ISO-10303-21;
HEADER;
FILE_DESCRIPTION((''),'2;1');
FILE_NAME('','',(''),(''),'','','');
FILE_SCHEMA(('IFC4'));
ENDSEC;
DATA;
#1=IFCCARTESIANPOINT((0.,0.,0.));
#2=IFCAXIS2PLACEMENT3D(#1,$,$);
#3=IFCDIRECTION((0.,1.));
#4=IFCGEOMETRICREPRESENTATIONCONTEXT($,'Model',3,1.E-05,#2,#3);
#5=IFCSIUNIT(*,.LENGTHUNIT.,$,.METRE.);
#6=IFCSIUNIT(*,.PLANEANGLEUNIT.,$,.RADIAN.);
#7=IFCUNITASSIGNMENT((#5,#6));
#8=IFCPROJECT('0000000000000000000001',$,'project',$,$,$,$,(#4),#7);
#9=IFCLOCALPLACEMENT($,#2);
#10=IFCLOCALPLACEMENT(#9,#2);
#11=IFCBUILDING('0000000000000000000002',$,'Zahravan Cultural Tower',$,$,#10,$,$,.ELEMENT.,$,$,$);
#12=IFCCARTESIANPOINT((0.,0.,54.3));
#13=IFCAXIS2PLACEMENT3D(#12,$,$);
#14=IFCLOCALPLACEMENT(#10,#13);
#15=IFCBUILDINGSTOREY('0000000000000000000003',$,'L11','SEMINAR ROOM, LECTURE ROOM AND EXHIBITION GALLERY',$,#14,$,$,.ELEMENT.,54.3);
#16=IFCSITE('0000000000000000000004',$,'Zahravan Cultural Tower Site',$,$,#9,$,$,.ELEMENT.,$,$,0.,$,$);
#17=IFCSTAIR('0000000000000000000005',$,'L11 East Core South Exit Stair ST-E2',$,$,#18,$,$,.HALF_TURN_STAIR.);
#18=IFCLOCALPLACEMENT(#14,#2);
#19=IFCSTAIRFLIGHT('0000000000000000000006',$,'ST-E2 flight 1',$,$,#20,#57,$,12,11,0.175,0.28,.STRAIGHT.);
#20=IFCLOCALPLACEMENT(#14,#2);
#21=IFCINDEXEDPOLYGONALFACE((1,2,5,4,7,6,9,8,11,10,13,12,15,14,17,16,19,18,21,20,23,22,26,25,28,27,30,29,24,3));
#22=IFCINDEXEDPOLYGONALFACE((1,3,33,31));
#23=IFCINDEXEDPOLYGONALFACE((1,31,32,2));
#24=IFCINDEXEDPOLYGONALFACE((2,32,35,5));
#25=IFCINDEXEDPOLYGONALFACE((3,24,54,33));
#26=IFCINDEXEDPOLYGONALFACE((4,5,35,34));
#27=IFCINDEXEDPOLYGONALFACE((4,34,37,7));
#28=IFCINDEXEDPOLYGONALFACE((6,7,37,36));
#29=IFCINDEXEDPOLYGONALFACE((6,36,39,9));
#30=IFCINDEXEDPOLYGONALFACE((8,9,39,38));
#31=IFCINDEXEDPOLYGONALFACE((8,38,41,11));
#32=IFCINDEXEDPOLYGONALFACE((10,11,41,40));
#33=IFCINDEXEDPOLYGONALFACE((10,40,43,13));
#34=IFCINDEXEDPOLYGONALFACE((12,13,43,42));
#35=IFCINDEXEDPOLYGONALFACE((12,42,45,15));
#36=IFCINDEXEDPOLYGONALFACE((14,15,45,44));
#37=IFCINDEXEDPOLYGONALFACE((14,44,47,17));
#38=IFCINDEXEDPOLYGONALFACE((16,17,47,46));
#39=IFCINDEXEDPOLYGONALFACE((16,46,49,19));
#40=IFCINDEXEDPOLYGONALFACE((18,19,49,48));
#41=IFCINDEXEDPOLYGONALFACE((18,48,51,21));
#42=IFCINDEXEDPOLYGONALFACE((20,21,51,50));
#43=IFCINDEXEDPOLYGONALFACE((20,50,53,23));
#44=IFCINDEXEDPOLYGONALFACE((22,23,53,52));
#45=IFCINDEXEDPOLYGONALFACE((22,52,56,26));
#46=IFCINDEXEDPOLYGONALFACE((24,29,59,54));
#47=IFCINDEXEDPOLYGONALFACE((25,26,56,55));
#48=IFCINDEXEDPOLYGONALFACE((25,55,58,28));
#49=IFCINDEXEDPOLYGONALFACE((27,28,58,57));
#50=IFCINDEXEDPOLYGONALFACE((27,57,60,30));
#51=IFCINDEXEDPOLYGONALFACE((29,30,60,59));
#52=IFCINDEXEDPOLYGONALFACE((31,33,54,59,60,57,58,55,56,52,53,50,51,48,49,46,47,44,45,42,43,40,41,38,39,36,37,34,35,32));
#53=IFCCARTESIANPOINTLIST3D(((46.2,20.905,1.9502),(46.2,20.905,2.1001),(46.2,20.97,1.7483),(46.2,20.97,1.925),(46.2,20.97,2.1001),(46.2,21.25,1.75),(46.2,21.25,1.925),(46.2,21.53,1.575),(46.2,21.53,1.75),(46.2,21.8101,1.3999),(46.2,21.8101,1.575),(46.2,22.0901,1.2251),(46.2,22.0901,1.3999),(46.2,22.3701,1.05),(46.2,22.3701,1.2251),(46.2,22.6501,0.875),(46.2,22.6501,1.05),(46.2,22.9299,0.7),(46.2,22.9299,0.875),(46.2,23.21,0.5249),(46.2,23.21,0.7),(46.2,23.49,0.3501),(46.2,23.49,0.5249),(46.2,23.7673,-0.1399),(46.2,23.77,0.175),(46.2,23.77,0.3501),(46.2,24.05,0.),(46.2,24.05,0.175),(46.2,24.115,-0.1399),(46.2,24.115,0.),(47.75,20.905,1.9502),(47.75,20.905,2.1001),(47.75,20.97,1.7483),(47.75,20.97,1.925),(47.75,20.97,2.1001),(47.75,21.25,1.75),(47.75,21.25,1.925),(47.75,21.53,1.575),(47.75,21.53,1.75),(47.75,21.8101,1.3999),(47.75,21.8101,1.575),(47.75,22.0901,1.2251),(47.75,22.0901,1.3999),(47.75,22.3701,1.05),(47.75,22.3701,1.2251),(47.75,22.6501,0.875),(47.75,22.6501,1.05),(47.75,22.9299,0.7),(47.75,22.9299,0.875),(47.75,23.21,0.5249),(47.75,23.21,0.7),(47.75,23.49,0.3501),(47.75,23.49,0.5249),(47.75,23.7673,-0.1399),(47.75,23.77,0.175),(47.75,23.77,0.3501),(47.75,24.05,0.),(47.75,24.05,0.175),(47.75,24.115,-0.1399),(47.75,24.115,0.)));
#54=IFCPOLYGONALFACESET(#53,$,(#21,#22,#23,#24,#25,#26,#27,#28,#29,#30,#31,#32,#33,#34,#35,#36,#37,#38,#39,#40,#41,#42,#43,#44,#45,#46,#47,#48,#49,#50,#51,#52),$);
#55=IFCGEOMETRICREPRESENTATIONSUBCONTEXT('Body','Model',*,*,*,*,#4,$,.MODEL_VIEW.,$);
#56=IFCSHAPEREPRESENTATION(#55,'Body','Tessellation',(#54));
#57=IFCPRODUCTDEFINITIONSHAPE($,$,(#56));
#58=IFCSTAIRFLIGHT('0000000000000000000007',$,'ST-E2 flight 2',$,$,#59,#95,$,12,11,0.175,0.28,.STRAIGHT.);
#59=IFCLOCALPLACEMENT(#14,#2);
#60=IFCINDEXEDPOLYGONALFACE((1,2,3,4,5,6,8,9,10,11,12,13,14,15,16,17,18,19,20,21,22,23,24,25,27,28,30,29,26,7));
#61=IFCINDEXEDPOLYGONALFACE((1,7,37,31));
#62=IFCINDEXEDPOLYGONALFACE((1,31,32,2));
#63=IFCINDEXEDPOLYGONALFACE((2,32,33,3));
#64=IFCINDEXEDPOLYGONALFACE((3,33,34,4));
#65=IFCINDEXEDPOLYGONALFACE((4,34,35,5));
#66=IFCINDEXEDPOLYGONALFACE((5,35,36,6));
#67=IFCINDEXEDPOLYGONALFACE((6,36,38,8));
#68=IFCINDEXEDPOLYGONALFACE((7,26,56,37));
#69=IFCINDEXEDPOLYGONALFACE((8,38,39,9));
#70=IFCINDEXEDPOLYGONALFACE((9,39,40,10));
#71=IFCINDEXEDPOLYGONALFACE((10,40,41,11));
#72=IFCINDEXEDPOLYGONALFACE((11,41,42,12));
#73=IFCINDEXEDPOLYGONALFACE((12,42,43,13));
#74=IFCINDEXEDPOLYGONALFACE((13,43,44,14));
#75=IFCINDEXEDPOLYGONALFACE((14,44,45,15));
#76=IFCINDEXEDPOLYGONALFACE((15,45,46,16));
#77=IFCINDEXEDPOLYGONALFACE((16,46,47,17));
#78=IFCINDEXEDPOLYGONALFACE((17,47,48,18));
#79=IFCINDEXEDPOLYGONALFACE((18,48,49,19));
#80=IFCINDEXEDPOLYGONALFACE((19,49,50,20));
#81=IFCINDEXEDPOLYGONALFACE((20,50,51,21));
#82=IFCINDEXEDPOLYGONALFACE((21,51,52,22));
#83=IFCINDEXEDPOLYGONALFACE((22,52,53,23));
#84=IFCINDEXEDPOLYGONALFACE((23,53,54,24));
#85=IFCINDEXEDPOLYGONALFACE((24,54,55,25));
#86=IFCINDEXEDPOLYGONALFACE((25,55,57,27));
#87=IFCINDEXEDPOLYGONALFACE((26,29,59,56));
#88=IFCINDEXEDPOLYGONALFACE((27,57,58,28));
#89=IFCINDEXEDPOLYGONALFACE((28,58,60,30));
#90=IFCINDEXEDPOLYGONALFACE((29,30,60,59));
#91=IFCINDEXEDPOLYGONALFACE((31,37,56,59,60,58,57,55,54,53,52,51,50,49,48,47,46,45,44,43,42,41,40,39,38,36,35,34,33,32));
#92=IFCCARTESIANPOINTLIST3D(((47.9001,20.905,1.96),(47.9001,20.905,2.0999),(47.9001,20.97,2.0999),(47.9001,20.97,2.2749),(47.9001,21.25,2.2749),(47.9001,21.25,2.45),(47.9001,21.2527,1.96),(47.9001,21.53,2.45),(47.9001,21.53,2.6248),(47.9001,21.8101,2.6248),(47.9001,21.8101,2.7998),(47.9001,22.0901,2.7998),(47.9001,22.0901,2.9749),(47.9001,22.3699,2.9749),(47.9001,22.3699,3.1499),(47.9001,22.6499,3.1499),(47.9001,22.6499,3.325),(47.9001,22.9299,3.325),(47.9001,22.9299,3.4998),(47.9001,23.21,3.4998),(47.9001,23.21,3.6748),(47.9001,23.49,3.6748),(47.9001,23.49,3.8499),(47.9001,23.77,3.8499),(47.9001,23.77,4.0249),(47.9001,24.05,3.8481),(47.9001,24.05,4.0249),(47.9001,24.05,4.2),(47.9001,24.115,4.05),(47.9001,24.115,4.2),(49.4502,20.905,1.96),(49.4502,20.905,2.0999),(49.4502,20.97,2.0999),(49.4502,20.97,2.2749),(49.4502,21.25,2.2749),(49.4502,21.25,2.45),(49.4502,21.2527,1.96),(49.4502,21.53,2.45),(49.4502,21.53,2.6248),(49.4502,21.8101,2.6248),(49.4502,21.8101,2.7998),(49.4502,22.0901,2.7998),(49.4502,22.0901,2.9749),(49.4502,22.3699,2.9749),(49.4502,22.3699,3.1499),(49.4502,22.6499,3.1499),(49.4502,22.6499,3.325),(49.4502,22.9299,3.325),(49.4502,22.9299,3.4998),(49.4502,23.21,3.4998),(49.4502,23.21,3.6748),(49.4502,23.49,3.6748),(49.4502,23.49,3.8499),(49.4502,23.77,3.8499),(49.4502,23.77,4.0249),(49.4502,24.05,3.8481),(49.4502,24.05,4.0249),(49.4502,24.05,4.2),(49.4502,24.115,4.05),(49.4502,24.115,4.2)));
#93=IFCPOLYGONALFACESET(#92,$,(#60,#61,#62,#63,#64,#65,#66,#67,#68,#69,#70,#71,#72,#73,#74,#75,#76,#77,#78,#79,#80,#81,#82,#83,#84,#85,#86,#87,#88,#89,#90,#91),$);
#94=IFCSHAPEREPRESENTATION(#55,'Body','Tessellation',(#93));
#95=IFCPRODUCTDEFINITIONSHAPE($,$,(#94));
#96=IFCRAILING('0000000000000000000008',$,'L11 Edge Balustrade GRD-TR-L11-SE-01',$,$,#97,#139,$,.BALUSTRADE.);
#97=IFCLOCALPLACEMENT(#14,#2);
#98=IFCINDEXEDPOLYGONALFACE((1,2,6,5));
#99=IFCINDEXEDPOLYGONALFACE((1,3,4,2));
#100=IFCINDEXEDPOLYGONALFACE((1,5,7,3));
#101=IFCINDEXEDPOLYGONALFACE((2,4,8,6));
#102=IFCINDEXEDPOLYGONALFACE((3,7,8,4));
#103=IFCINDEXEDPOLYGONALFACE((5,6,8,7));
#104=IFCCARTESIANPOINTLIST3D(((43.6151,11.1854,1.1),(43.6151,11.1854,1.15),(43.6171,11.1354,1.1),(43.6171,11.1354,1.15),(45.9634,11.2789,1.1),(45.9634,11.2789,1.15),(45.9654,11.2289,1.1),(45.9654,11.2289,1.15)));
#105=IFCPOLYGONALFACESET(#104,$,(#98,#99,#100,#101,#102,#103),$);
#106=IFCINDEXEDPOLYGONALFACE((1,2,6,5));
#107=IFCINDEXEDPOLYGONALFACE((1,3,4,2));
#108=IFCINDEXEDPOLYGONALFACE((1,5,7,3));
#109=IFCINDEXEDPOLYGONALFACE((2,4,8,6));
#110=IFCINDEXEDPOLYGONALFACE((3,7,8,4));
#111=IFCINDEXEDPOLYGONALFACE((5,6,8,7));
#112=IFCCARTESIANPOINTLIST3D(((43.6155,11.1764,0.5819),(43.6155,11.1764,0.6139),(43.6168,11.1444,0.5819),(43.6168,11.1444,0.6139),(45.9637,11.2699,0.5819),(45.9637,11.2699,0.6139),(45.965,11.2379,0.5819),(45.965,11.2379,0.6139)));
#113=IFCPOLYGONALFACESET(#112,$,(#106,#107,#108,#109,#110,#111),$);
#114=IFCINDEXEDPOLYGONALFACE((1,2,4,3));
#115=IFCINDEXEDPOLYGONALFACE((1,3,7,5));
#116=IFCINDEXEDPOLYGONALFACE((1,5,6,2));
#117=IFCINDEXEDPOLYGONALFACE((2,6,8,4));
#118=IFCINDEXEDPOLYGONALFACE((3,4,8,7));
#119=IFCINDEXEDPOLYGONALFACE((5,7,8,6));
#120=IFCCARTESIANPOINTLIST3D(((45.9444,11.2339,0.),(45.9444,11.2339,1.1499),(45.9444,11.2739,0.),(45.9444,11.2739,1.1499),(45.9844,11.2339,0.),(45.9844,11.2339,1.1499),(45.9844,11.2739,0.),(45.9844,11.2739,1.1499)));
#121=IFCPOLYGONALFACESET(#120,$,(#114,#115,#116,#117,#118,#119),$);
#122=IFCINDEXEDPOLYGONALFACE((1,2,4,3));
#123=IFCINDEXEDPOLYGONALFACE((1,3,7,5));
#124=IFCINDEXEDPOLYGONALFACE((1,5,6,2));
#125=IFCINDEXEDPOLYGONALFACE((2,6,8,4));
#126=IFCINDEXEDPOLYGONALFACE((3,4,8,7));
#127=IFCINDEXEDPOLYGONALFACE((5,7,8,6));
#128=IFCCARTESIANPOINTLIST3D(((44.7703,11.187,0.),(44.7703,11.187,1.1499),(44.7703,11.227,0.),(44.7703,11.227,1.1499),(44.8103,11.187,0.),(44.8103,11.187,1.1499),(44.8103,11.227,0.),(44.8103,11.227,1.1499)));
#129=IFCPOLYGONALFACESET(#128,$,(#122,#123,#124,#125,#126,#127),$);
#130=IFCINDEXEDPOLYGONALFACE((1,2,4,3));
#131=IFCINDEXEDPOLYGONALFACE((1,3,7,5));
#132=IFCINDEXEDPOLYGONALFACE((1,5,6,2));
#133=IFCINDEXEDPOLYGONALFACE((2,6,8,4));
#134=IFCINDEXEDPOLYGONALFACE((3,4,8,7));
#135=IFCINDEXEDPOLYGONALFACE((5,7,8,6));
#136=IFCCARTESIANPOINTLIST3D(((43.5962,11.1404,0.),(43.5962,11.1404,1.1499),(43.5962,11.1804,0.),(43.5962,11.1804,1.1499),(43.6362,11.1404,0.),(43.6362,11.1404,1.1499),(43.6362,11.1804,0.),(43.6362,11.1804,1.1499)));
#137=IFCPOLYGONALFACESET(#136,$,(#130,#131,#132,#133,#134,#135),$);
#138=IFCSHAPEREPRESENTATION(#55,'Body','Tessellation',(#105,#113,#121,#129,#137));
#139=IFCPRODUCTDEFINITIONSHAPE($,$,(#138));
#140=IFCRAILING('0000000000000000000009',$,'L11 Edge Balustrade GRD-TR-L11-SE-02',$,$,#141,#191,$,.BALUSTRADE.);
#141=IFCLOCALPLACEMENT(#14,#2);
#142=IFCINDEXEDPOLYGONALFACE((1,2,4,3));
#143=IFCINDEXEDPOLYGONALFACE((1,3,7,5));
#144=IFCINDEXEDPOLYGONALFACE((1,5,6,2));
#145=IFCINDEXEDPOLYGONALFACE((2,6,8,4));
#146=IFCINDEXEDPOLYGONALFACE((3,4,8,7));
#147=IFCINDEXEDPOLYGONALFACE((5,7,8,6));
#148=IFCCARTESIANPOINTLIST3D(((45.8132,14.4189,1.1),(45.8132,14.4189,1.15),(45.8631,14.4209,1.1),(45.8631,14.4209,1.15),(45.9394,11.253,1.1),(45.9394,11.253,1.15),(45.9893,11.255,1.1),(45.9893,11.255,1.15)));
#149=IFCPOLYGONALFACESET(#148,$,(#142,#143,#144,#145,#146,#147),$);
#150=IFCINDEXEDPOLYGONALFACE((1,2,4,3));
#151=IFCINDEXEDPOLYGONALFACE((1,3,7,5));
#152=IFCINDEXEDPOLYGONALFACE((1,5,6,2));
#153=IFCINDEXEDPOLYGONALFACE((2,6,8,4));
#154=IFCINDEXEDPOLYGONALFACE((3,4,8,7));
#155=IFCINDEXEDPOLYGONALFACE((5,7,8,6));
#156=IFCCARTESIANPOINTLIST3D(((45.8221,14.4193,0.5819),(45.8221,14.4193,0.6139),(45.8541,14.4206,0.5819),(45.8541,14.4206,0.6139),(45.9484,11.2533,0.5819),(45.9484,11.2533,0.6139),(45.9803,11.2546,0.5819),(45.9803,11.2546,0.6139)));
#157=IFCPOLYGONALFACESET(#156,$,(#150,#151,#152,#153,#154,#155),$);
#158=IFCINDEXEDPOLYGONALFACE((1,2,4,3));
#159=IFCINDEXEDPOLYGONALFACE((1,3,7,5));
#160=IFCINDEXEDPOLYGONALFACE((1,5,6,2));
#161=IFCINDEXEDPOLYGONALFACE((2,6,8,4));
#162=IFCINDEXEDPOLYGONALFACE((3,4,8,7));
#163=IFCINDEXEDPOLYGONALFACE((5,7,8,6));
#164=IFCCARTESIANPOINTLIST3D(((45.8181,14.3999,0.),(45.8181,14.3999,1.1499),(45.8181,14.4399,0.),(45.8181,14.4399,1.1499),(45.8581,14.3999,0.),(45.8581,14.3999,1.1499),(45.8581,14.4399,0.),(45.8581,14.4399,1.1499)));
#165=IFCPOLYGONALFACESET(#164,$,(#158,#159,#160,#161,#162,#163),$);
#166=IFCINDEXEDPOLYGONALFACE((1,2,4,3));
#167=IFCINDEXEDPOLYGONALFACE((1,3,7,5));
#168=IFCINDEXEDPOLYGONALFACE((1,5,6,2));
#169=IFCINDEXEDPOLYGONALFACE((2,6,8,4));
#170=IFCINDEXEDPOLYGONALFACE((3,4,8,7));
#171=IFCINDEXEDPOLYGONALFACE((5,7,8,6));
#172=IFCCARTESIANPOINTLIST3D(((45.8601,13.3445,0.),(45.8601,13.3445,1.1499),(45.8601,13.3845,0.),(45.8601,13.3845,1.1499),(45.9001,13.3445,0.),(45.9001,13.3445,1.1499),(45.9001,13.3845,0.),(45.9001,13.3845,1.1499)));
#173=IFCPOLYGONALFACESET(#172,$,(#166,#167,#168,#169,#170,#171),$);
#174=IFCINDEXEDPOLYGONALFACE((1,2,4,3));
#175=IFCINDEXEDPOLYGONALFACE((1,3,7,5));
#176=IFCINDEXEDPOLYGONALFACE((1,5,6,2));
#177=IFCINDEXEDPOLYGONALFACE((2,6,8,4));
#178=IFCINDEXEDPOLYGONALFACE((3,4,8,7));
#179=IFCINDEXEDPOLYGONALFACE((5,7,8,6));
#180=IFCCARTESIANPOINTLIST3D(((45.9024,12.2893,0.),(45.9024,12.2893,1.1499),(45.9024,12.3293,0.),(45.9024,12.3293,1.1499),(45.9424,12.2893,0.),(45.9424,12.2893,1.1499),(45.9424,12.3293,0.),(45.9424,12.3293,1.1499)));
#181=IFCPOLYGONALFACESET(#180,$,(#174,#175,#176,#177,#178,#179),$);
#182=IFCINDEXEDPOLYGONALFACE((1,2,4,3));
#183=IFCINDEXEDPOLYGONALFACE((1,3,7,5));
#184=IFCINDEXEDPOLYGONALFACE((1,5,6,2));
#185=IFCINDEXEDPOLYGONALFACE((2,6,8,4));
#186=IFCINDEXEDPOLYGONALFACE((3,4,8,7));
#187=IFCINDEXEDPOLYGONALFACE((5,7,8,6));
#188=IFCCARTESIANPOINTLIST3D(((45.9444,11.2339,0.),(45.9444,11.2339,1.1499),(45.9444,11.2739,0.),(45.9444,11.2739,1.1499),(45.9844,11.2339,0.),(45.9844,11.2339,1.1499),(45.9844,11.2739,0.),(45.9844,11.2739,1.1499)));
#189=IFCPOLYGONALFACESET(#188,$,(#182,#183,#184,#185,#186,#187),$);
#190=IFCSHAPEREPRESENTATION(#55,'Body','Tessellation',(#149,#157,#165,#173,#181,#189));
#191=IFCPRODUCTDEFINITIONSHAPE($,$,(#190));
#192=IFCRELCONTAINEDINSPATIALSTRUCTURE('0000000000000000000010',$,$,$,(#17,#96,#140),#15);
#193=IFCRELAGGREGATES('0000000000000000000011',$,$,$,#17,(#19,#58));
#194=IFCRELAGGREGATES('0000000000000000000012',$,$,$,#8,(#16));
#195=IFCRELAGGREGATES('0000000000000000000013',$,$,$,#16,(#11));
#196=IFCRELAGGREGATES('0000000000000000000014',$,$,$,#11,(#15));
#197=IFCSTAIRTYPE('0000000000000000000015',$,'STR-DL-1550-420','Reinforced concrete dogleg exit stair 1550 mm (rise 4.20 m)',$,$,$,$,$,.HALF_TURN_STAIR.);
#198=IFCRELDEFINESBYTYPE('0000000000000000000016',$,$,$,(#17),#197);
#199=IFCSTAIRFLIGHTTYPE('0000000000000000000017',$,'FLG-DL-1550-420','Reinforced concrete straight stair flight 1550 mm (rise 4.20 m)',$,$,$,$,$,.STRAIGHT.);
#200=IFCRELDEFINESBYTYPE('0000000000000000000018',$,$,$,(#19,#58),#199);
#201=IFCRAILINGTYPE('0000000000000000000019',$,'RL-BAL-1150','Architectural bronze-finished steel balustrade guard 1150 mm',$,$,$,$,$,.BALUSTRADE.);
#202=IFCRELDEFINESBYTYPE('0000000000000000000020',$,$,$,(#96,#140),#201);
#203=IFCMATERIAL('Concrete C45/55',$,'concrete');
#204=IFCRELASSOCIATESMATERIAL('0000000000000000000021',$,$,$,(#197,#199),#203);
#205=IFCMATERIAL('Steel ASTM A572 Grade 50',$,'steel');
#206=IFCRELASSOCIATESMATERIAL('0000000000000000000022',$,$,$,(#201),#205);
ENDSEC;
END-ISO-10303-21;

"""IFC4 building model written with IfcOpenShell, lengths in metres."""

from ifc_helpers import new_model, si_unit, direction, frame, origin, origin_2d, place, context, subcontext, project, spatial, polyline, rectangle, outline, extrude, material, type_object, element, aggregate, save


model = new_model("IFC4")

# Units and contexts
model_context = context("Model", 3, precision=1e-05, world=origin(), true_north=direction((0.0, 1.0)))
body_context = subcontext(model_context, "Body", "Model", "MODEL_VIEW")
ifc_project = project(units=[si_unit("LENGTHUNIT", "METRE"), si_unit("PLANEANGLEUNIT", "RADIAN")], contexts=[model_context])

# Site, building, storey
site_placement = place(None, origin())
site = spatial("IfcSite", under=ifc_project, at=site_placement, Name="Zahravan Cultural Tower Site", CompositionType="ELEMENT", RefElevation=0.0)
building_placement = place(site_placement, origin())
building = spatial("IfcBuilding", under=site, at=building_placement, Name="Zahravan Cultural Tower", CompositionType="ELEMENT")
storey_placement = place(building_placement, frame((0.0, 0.0, 54.3)))
storey = spatial("IfcBuildingStorey", under=building, at=storey_placement, Name="L11", Description="SEMINAR ROOM, LECTURE ROOM AND EXHIBITION GALLERY", CompositionType="ELEMENT", Elevation=54.3)

# Shared definitions
ifc_material_1 = material(Name="Concrete C45/55", Category="concrete")
ifc_material_2 = material(Name="Steel ASTM A572 Grade 50", Category="steel")

# Stair, stair flights
stair_type = type_object("IfcStairType", Name="STR-DL-1550-420", Description="Reinforced concrete dogleg exit stair 1550 mm (rise 4.20 m)", PredefinedType="HALF_TURN_STAIR", material=ifc_material_1)
stair_placement = place(storey_placement, origin())
stair = element("IfcStair", 1, at=stair_placement, inside=storey, type_object=stair_type, Name="L11 East Core South Exit Stair ST-E2", PredefinedType="HALF_TURN_STAIR")
stair_flight_type = type_object("IfcStairFlightType", Name="FLG-DL-1550-420", Description="Reinforced concrete straight stair flight 1550 mm (rise 4.20 m)", PredefinedType="STRAIGHT", material=ifc_material_1)
stair_flight_1_placement = place(storey_placement, frame((46.9751, 24.05, 0.0), z_axis=(0.0, 0.0, 1.0), x_axis=(0.0, -1.0, 0.0)))
stair_flight_1 = element("IfcStairFlight", 2, at=stair_flight_1_placement, type_object=stair_flight_type, Name="ST-E2 flight 1", NumberOfRisers=12, NumberOfTreads=11, PredefinedType="STRAIGHT", RiserHeight=0.175, TreadLength=0.28, context=body_context, shape_type="SweptSolid", body=[
    extrude(outline(polyline([(-0.0649, -0.1399), (-0.0649, 0.0), (0.0, 0.0), (0.0, 0.175), (0.28, 0.175), (0.28, 0.3501), (0.5601, 0.3501), (0.5601, 0.5249), (0.8401, 0.5249), (0.8401, 0.7), (1.1201, 0.7), (1.1201, 0.875), (1.3999, 0.875), (1.3999, 1.05), (1.6799, 1.05), (1.6799, 1.2251), (1.96, 1.2251), (1.96, 1.3999), (2.24, 1.3999), (2.24, 1.575), (2.52, 1.575), (2.52, 1.75), (2.8, 1.75), (2.8, 1.925), (3.0801, 1.925), (3.0801, 2.1001), (3.145, 2.1001), (3.145, 1.9502), (3.0801, 1.7483), (0.2827, -0.1399), (-0.0649, -0.1399)])), frame((0.0, 0.7749, 0.0), z_axis=(0.0, -1.0, 0.0), x_axis=(1.0, 0.0, 0.0)), (0.0, 0.0, 1.0), 1.55),
])
stair_flight_2_placement = place(storey_placement, frame((48.675, 20.97, 2.0999), z_axis=(0.0, 0.0, 1.0), x_axis=(0.0, 1.0, 0.0)))
stair_flight_2 = element("IfcStairFlight", 3, at=stair_flight_2_placement, type_object=stair_flight_type, Name="ST-E2 flight 2", NumberOfRisers=12, NumberOfTreads=11, PredefinedType="STRAIGHT", RiserHeight=0.175, TreadLength=0.28, context=body_context, shape_type="SweptSolid", body=[
    extrude(outline(polyline([(-0.0649, -0.1399), (-0.0649, 0.0), (0.0, 0.0), (0.0, 0.175), (0.28, 0.175), (0.28, 0.3501), (0.5601, 0.3501), (0.5601, 0.5249), (0.8401, 0.5249), (0.8401, 0.7), (1.1201, 0.7), (1.1201, 0.875), (1.3999, 0.875), (1.3999, 1.05), (1.6799, 1.05), (1.6799, 1.2251), (1.96, 1.2251), (1.96, 1.3999), (2.24, 1.3999), (2.24, 1.575), (2.52, 1.575), (2.52, 1.75), (2.8, 1.75), (2.8, 1.925), (3.0801, 1.925), (3.0801, 2.1001), (3.145, 2.1001), (3.145, 1.9502), (3.0801, 1.7483), (0.2827, -0.1399), (-0.0649, -0.1399)])), frame((0.0, 0.7749, 0.0), z_axis=(0.0, -1.0, 0.0), x_axis=(1.0, 0.0, 0.0)), (0.0, 0.0, 1.0), 1.55),
])
aggregate(stair, [stair_flight_1, stair_flight_2])

# Railings
railing_type_1 = type_object("IfcRailingType", Name="RL-BAL-1150", Description="Architectural bronze-finished steel balustrade guard 1150 mm", PredefinedType="BALUSTRADE", material=ifc_material_2)
railing_1_placement = place(storey_placement, frame((45.9644, 11.2539, 0.0)))
element("IfcRailing", 4, at=railing_1_placement, inside=storey, type_object=railing_type_1, Name="L11 Edge Balustrade GRD-TR-L11-SE-01", PredefinedType="BALUSTRADE", context=body_context, shape_type="SweptSolid", body=[
    extrude(rectangle(XDim=0.05, YDim=0.05, at=origin_2d()), frame((0.0, 0.0, 1.125), z_axis=(-0.999208, -0.03979, 0.0), x_axis=(0.03979, -0.999208, 0.0)), (0.0, 0.0, 1.0), 2.3501),
    extrude(rectangle(XDim=0.032, YDim=0.032, at=origin_2d()), frame((0.0, 0.0, 0.5979), z_axis=(-0.999208, -0.03979, 0.0), x_axis=(0.03979, -0.999208, 0.0)), (0.0, 0.0, 1.0), 2.3501),
    extrude(rectangle(XDim=0.04, YDim=0.04, at=origin_2d()), origin(), (0.0, 0.0, 1.0), 1.1499),
    extrude(rectangle(XDim=0.04, YDim=0.04, at=origin_2d()), frame((-1.1741, -0.0469, 0.0)), (0.0, 0.0, 1.0), 1.1499),
    extrude(rectangle(XDim=0.04, YDim=0.04, at=origin_2d()), frame((-2.3481, -0.0935, 0.0)), (0.0, 0.0, 1.0), 1.1499),
])
railing_2_placement = place(storey_placement, frame((45.8381, 14.4199, 0.0)))
element("IfcRailing", 5, at=railing_2_placement, inside=storey, type_object=railing_type_1, Name="L11 Edge Balustrade GRD-TR-L11-SE-02", PredefinedType="BALUSTRADE", context=body_context, shape_type="SweptSolid", body=[
    extrude(rectangle(XDim=0.05, YDim=0.05, at=origin_2d()), frame((0.0, 0.0, 1.125), z_axis=(0.039836, -0.999206, 0.0), x_axis=(0.999206, 0.039836, 0.0)), (0.0, 0.0, 1.0), 3.1685),
    extrude(rectangle(XDim=0.032, YDim=0.032, at=origin_2d()), frame((0.0, 0.0, 0.5979), z_axis=(0.039836, -0.999206, 0.0), x_axis=(0.999206, 0.039836, 0.0)), (0.0, 0.0, 1.0), 3.1685),
    extrude(rectangle(XDim=0.04, YDim=0.04, at=origin_2d()), origin(), (0.0, 0.0, 1.0), 1.1499),
    extrude(rectangle(XDim=0.04, YDim=0.04, at=origin_2d()), frame((0.042, -1.0554, 0.0)), (0.0, 0.0, 1.0), 1.1499),
    extrude(rectangle(XDim=0.04, YDim=0.04, at=origin_2d()), frame((0.0842, -2.1106, 0.0)), (0.0, 0.0, 1.0), 1.1499),
    extrude(rectangle(XDim=0.04, YDim=0.04, at=origin_2d()), frame((0.1262, -3.166, 0.0)), (0.0, 0.0, 1.0), 1.1499),
])

save(model, "model.ifc")
